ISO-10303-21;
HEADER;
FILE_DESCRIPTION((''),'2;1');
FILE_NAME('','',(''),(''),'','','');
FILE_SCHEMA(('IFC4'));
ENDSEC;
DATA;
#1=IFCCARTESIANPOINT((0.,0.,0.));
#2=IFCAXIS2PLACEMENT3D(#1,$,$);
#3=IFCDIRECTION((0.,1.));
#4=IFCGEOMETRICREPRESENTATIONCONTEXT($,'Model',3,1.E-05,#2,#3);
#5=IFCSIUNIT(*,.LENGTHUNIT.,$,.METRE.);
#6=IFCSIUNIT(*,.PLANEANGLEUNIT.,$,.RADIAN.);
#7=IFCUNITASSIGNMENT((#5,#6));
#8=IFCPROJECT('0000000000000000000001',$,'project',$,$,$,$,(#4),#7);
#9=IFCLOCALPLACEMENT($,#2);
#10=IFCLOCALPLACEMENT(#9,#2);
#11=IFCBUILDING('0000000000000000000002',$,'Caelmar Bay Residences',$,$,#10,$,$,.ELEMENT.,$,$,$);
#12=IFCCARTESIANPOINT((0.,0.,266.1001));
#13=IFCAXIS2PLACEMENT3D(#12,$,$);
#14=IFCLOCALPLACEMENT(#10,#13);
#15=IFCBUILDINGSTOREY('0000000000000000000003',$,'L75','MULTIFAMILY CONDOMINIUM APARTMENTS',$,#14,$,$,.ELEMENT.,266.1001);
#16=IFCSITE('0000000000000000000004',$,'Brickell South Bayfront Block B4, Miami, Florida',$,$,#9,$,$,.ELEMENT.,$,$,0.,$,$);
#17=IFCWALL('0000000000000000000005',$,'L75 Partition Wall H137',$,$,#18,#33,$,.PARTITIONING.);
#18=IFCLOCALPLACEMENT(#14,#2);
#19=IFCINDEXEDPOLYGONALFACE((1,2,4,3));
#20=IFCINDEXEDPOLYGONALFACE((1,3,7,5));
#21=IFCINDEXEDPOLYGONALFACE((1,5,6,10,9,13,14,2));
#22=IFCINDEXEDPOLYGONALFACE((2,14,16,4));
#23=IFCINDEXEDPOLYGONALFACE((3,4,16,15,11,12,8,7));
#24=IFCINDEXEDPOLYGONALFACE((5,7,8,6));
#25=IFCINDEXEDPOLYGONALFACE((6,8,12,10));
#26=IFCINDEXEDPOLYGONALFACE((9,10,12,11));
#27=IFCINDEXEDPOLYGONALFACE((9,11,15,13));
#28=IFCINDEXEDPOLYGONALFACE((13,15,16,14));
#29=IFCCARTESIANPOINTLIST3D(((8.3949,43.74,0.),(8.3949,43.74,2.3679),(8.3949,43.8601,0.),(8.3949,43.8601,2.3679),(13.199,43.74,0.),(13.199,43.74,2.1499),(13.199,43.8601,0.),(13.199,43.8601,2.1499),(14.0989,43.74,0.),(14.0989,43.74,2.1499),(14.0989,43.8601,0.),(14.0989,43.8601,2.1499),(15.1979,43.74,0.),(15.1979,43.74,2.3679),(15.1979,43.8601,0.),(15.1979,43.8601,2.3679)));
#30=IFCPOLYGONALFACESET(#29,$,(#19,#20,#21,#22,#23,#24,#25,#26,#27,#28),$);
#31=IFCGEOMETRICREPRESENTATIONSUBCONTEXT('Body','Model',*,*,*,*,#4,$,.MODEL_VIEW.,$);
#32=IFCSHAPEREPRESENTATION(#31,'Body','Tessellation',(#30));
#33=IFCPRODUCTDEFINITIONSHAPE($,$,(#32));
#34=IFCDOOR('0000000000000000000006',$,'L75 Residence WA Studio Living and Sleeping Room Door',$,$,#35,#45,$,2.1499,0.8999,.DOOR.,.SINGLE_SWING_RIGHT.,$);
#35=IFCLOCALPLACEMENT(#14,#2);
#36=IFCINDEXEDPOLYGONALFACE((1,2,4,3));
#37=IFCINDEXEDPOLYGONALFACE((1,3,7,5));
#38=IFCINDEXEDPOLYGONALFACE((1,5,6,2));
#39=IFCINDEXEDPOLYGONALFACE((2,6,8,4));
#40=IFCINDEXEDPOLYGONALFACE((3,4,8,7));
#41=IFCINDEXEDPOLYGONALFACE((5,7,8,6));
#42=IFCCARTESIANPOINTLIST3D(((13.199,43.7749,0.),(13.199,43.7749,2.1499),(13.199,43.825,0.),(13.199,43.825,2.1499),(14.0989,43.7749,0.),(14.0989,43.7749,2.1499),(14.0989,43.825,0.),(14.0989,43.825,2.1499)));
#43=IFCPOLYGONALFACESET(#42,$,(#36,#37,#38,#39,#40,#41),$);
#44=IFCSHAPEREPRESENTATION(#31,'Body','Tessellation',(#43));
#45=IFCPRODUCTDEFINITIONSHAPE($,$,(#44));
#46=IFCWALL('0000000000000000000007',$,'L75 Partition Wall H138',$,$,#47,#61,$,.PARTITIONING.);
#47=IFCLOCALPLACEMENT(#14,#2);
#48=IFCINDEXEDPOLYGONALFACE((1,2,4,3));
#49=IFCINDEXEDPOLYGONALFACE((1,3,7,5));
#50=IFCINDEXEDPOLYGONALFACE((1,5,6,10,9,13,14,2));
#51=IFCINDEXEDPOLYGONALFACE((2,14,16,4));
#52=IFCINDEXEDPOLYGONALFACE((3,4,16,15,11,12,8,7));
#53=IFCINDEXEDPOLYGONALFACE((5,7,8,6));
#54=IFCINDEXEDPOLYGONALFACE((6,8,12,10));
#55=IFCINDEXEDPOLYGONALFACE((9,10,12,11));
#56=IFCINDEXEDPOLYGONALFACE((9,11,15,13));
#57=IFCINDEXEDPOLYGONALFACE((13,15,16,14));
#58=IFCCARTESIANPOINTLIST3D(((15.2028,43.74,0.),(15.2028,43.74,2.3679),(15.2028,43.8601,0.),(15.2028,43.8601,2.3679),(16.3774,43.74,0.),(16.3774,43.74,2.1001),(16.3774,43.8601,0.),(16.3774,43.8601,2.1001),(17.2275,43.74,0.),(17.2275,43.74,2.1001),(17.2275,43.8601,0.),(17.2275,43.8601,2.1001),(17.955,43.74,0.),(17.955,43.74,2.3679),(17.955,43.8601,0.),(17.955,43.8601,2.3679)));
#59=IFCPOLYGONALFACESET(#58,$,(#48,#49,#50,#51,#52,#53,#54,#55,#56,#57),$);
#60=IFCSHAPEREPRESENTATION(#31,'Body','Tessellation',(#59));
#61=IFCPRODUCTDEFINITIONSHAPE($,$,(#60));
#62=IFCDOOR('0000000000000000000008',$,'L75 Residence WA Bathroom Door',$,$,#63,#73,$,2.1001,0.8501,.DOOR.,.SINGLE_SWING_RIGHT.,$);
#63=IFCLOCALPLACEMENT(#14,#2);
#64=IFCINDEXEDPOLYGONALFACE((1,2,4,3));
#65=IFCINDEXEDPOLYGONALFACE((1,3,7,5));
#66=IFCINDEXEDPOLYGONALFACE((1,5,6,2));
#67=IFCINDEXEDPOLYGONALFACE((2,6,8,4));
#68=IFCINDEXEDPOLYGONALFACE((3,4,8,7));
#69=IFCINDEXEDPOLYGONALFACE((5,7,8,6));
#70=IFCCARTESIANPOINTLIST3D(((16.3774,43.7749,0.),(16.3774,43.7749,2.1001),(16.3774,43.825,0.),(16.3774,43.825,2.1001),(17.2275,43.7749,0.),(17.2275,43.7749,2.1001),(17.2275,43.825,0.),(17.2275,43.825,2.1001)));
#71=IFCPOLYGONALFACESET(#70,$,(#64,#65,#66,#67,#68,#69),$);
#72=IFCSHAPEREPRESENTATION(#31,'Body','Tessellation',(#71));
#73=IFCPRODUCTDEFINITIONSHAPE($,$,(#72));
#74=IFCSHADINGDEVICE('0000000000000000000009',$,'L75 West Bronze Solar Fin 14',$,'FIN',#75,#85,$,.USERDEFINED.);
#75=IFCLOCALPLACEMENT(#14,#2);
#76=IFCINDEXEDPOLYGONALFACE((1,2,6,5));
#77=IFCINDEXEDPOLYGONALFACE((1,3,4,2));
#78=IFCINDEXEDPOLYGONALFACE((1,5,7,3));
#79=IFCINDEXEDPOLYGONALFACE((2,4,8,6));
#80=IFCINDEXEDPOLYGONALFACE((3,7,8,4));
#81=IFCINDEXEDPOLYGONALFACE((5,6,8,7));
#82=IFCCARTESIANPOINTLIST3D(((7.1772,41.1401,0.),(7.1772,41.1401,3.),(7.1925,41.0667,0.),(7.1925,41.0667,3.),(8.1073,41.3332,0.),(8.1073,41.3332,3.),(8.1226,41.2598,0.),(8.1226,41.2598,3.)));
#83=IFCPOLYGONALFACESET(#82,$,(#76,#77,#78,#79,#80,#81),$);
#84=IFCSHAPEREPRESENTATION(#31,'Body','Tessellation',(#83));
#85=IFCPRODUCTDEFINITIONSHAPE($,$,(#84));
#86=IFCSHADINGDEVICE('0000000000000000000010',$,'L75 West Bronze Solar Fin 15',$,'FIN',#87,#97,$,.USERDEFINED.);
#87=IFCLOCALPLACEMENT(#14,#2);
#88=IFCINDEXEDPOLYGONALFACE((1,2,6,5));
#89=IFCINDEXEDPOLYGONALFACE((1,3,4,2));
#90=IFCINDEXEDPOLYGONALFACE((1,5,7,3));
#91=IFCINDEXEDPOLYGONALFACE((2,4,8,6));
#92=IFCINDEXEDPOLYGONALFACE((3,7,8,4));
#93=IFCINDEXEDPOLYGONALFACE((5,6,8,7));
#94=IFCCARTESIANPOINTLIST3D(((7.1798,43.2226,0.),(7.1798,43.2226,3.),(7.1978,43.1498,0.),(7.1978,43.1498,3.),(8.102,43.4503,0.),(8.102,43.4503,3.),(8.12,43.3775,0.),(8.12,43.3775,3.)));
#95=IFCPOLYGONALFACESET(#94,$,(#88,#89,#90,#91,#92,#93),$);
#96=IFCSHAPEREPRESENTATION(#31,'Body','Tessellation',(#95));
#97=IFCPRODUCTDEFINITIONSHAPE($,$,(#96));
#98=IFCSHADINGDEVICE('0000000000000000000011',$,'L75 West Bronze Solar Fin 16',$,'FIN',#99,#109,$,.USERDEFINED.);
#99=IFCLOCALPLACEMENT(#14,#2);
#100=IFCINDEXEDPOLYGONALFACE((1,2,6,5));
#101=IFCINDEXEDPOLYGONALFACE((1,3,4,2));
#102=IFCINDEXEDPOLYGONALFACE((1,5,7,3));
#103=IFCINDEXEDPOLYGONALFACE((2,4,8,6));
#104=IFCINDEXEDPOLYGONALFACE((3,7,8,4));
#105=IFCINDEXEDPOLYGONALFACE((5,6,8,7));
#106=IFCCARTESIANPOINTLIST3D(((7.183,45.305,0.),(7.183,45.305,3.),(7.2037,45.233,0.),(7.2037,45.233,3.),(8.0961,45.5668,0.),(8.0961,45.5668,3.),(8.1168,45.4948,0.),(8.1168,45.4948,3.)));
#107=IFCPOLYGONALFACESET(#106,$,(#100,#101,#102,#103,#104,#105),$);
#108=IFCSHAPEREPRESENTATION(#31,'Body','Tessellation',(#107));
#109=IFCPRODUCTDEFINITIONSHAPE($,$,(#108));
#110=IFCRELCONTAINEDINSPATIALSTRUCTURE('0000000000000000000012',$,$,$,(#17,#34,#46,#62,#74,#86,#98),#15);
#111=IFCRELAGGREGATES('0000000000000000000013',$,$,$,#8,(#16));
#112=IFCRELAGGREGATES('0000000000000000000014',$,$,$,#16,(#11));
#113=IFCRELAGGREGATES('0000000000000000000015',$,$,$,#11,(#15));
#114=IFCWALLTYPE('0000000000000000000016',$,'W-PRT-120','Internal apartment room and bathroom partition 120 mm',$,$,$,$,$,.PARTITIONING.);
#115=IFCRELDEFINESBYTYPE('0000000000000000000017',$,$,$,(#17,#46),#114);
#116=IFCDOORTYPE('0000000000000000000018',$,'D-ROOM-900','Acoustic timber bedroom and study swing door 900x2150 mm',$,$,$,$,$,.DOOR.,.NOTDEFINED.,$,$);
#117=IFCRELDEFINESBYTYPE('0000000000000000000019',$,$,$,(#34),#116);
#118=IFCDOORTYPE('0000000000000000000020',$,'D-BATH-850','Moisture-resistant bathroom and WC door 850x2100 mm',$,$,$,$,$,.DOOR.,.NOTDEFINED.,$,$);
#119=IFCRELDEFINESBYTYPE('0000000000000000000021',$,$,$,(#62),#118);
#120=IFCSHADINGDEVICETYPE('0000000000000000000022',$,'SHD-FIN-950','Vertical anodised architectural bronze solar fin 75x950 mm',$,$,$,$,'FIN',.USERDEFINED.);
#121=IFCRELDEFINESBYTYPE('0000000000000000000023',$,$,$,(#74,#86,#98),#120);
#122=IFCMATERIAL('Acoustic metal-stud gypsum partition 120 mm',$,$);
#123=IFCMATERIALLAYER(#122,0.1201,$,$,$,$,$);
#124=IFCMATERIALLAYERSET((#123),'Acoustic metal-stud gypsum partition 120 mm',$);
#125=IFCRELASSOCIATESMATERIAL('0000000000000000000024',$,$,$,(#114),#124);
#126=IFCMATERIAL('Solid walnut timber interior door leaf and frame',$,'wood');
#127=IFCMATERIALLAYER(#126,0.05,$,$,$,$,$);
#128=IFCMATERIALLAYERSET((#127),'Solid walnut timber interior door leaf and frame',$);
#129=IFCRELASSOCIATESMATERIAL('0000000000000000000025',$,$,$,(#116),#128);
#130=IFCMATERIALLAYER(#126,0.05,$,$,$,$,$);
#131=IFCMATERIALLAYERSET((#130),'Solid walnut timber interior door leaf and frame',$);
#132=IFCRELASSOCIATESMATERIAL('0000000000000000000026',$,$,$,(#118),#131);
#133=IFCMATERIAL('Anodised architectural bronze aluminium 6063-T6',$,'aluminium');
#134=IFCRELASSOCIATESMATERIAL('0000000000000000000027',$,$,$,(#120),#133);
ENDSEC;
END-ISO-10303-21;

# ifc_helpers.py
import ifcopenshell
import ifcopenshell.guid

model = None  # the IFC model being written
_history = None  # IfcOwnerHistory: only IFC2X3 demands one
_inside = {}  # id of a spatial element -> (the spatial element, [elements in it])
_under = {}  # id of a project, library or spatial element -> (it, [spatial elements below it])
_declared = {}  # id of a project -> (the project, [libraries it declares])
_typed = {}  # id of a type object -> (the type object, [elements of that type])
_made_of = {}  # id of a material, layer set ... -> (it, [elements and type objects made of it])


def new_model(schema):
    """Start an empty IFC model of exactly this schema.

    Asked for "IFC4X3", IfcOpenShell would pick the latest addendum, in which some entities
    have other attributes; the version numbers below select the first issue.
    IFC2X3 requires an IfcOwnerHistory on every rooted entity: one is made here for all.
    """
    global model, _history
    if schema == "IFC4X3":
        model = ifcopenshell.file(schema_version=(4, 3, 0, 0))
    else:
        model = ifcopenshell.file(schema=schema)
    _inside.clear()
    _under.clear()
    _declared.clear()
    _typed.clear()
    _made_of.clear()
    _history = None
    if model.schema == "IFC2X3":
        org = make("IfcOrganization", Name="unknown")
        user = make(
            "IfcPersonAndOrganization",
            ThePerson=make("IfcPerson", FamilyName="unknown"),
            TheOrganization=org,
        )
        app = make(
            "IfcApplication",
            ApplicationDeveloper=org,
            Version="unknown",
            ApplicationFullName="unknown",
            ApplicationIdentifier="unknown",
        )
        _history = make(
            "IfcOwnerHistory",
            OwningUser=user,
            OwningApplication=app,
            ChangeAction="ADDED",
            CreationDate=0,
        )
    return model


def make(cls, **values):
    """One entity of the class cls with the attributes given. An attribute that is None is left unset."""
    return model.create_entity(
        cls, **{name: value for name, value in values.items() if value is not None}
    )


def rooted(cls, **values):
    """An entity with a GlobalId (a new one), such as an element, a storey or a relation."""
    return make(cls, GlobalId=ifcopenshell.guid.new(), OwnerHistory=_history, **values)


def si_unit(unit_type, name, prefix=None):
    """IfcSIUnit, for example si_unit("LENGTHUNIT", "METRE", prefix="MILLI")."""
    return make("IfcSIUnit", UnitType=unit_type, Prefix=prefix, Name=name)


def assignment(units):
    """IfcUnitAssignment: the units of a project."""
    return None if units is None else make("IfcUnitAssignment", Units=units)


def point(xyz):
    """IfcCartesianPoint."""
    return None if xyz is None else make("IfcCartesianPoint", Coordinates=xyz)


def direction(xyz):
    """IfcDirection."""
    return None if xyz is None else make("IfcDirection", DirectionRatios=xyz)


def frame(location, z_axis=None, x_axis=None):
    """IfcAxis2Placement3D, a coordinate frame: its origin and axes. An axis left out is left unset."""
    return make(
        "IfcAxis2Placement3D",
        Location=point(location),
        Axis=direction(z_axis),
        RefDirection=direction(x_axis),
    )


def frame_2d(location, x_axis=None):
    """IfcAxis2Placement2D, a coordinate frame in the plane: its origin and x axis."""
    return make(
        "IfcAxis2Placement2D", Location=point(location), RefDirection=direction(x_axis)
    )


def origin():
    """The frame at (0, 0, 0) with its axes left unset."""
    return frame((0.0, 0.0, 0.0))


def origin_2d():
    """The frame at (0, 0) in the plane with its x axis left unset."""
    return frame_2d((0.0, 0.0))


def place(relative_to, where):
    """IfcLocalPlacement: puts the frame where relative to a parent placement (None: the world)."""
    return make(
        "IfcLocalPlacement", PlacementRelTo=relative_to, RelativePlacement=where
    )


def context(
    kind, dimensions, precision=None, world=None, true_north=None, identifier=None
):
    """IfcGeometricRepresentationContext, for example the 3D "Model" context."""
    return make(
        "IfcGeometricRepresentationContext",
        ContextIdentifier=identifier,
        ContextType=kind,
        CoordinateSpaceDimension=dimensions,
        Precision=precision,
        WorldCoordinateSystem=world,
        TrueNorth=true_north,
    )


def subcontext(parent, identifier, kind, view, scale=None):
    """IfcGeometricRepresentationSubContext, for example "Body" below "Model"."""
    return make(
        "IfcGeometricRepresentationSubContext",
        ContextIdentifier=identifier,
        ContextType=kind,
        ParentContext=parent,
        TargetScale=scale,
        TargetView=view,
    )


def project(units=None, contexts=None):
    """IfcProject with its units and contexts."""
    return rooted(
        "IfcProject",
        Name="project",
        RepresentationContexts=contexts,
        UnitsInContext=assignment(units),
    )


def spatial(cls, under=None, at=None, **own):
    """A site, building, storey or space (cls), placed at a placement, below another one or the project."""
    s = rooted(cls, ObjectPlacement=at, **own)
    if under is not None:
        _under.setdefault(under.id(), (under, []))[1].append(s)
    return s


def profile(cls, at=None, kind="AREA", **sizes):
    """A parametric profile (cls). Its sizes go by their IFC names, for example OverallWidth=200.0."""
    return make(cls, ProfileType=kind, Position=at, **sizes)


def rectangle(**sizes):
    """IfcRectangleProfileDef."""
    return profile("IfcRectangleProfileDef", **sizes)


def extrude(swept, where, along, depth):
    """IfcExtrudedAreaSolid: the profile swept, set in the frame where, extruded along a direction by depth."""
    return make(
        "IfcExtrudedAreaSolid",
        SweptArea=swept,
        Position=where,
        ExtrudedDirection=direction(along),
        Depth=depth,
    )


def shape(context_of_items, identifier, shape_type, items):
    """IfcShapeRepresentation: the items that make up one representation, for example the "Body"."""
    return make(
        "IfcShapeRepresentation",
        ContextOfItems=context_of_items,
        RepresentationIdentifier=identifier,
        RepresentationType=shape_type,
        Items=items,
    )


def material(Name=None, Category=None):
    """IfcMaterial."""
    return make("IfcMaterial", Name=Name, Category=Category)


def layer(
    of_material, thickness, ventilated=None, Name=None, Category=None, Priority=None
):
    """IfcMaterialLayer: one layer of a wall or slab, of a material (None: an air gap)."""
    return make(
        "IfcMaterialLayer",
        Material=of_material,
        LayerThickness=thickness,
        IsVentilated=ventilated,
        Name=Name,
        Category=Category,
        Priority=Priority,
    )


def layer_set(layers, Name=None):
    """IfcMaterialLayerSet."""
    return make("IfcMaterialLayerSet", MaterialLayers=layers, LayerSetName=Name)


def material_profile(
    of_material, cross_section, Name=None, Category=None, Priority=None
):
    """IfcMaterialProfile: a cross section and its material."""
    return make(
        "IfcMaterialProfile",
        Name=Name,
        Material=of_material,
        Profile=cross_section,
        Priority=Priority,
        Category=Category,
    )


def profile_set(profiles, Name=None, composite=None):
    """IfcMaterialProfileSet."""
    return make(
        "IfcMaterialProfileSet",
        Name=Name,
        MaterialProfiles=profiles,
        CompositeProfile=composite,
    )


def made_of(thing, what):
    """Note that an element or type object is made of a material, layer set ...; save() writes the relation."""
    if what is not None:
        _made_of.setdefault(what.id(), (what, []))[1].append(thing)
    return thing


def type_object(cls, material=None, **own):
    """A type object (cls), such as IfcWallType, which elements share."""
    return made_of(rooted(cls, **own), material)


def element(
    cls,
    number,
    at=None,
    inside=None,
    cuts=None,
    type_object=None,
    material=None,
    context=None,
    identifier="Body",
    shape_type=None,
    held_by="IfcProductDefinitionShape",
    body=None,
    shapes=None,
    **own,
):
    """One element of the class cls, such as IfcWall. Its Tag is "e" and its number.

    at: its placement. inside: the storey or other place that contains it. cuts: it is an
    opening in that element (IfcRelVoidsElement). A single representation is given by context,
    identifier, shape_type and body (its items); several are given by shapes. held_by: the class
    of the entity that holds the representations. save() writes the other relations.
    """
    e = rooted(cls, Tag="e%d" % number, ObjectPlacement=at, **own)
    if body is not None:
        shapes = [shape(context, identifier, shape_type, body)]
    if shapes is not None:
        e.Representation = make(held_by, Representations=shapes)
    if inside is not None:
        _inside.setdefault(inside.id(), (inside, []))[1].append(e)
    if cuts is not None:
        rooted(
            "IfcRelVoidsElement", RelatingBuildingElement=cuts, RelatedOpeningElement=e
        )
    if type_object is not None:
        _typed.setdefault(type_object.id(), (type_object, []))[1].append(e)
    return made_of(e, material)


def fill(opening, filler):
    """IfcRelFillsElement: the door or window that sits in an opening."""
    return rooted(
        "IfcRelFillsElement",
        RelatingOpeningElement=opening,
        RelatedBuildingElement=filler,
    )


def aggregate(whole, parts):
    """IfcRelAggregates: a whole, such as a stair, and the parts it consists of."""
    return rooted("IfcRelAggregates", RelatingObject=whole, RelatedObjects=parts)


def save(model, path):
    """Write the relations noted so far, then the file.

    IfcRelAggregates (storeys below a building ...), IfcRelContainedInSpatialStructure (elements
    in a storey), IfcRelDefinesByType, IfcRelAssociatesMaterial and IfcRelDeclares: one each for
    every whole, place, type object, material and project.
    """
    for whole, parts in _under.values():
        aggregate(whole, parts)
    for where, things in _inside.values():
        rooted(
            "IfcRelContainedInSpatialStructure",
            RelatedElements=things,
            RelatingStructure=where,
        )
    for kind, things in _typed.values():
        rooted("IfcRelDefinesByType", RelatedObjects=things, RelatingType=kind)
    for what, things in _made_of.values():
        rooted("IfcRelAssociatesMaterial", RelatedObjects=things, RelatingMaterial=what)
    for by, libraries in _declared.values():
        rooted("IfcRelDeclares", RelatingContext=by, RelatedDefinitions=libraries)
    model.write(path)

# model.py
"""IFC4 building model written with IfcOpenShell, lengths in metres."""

from ifc_helpers import new_model, si_unit, direction, frame, frame_2d, origin, origin_2d, place, context, subcontext, project, spatial, rectangle, extrude, material, layer, layer_set, material_profile, profile_set, type_object, element, fill, save


model = new_model("IFC4")

# Units and contexts
model_context = context("Model", 3, precision=1e-05, world=origin(), true_north=direction((0.0, 1.0)))
body_context = subcontext(model_context, "Body", "Model", "MODEL_VIEW")
ifc_project = project(units=[si_unit("LENGTHUNIT", "METRE"), si_unit("PLANEANGLEUNIT", "RADIAN")], contexts=[model_context])

# Site, building, storey
site_placement = place(None, origin())
site = spatial("IfcSite", under=ifc_project, at=site_placement, Name="Brickell South Bayfront Block B4, Miami, Florida", CompositionType="ELEMENT", RefElevation=0.0)
building_placement = place(site_placement, origin())
building = spatial("IfcBuilding", under=site, at=building_placement, Name="Caelmar Bay Residences", CompositionType="ELEMENT")
storey_placement = place(building_placement, frame((0.0, 0.0, 266.1001)))
storey = spatial("IfcBuildingStorey", under=building, at=storey_placement, Name="L75", Description="MULTIFAMILY CONDOMINIUM APARTMENTS", CompositionType="ELEMENT", Elevation=266.1001)

# Shared definitions
ifc_material_1 = material(Name="Acoustic metal-stud gypsum partition 120 mm")
ifc_layer_1 = layer(ifc_material_1, 0.1201)
ifc_layer_set_1 = layer_set([ifc_layer_1], Name="Acoustic metal-stud gypsum partition 120 mm")
wall_type_1 = type_object("IfcWallType", Name="W-PRT-120", Description="Internal apartment room and bathroom partition 120 mm", PredefinedType="PARTITIONING", material=ifc_layer_set_1)

# Walls, openings, doors
wall_1_placement = place(storey_placement, frame((8.395, 43.8, 0.0), z_axis=(0.0, 0.0, 1.0), x_axis=(1.0, 0.0, 0.0)))
wall_1 = element("IfcWall", 1, at=wall_1_placement, inside=storey, type_object=wall_type_1, Name="L75 Partition Wall H137", PredefinedType="PARTITIONING", context=body_context, shape_type="SweptSolid", body=[
    extrude(rectangle(XDim=6.803, YDim=0.1201, at=frame_2d((3.4014, 0.0))), origin(), (0.0, 0.0, 1.0), 2.3679),
])
opening_1_placement = place(wall_1_placement, frame((4.804, 0.0, 0.0)))
opening_1 = element("IfcOpeningElement", 2, at=opening_1_placement, cuts=wall_1, PredefinedType="OPENING", context=body_context, shape_type="SweptSolid", body=[
    extrude(rectangle(XDim=0.8999, YDim=2.1499, at=frame_2d((0.45, 1.075))), frame((0.0, 0.0701, 0.0), z_axis=(0.0, -1.0, 0.0), x_axis=(1.0, 0.0, 0.0)), (0.0, 0.0, 1.0), 0.1401),
])
ifc_material_2 = material(Name="Solid walnut timber interior door leaf and frame", Category="wood")
ifc_layer_2 = layer(ifc_material_2, 0.05)
ifc_layer_set_2 = layer_set([ifc_layer_2], Name="Solid walnut timber interior door leaf and frame")
door_type_1 = type_object("IfcDoorType", Name="D-ROOM-900", Description="Acoustic timber bedroom and study swing door 900x2150 mm", OperationType="NOTDEFINED", PredefinedType="DOOR", material=ifc_layer_set_2)
door_1_placement = place(opening_1_placement, origin())
door_1 = element("IfcDoor", 3, at=door_1_placement, inside=storey, type_object=door_type_1, Name="L75 Residence WA Studio Living and Sleeping Room Door", OperationType="SINGLE_SWING_RIGHT", OverallHeight=2.1499, OverallWidth=0.8999, PredefinedType="DOOR", context=body_context, shape_type="SweptSolid", body=[
    extrude(rectangle(XDim=0.8999, YDim=2.1499, at=frame_2d((0.45, 1.075))), frame((0.0, 0.0249, 0.0), z_axis=(0.0, -1.0, 0.0), x_axis=(1.0, 0.0, 0.0)), (0.0, 0.0, 1.0), 0.05),
])
fill(opening_1, door_1)
wall_2_placement = place(storey_placement, frame((15.2029, 43.8, 0.0), z_axis=(0.0, 0.0, 1.0), x_axis=(1.0, 0.0, 0.0)))
wall_2 = element("IfcWall", 4, at=wall_2_placement, inside=storey, type_object=wall_type_1, Name="L75 Partition Wall H138", PredefinedType="PARTITIONING", context=body_context, shape_type="SweptSolid", body=[
    extrude(rectangle(XDim=2.7522, YDim=0.1201, at=frame_2d((1.376, 0.0))), origin(), (0.0, 0.0, 1.0), 2.3679),
])
opening_2_placement = place(wall_2_placement, frame((1.1746, 0.0, 0.0)))
opening_2 = element("IfcOpeningElement", 5, at=opening_2_placement, cuts=wall_2, PredefinedType="OPENING", context=body_context, shape_type="SweptSolid", body=[
    extrude(rectangle(XDim=0.8501, YDim=2.1001, at=frame_2d((0.425, 1.05))), frame((0.0, 0.0701, 0.0), z_axis=(0.0, -1.0, 0.0), x_axis=(1.0, 0.0, 0.0)), (0.0, 0.0, 1.0), 0.1401),
])
ifc_layer_3 = layer(ifc_material_2, 0.05)
ifc_layer_set_3 = layer_set([ifc_layer_3], Name="Solid walnut timber interior door leaf and frame")
door_type_2 = type_object("IfcDoorType", Name="D-BATH-850", Description="Moisture-resistant bathroom and WC door 850x2100 mm", OperationType="NOTDEFINED", PredefinedType="DOOR", material=ifc_layer_set_3)
door_2_placement = place(opening_2_placement, origin())
door_2 = element("IfcDoor", 6, at=door_2_placement, inside=storey, type_object=door_type_2, Name="L75 Residence WA Bathroom Door", OperationType="SINGLE_SWING_RIGHT", OverallHeight=2.1001, OverallWidth=0.8501, PredefinedType="DOOR", context=body_context, shape_type="SweptSolid", body=[
    extrude(rectangle(XDim=0.8501, YDim=2.1001, at=frame_2d((0.425, 1.05))), frame((0.0, 0.0249, 0.0), z_axis=(0.0, -1.0, 0.0), x_axis=(1.0, 0.0, 0.0)), (0.0, 0.0, 1.0), 0.05),
])
fill(opening_2, door_2)

# Shading devices
ifc_material_3 = material(Name="Anodised architectural bronze aluminium 6063-T6", Category="aluminium")
ifc_material_profile_1 = material_profile(ifc_material_3, rectangle(XDim=0.075, YDim=0.95, at=origin_2d()), Name="BRONZE-FIN-75X950")
ifc_profile_set_1 = profile_set([ifc_material_profile_1], Name="Anodised architectural bronze aluminium 6063-T6")
shading_device_type = type_object("IfcShadingDeviceType", Name="SHD-FIN-950", Description="Vertical anodised architectural bronze solar fin 75x950 mm", ElementType="FIN", PredefinedType="USERDEFINED", material=ifc_profile_set_1)
for number, where, z_axis, x_axis, name in (
    (7, (7.6499, 41.2, 0.0), (0.0, 0.0, 1.0), (-0.2033, 0.979116, 0.0), "L75 West Bronze Solar Fin 14"),
    (8, (7.6499, 43.3, 0.0), (0.0, 0.0, 1.0), (-0.23972, 0.970842, 0.0), "L75 West Bronze Solar Fin 15"),
    (9, (7.6499, 45.3999, 0.0), (0.0, 0.0, 1.0), (-0.275637, 0.961262, 0.0), "L75 West Bronze Solar Fin 16"),
):
    element("IfcShadingDevice", number, at=place(storey_placement, frame(where, z_axis=z_axis, x_axis=x_axis)), inside=storey, type_object=shading_device_type, Name=name, ObjectType="FIN", PredefinedType="USERDEFINED", context=body_context, shape_type="SweptSolid", body=[
        extrude(rectangle(XDim=0.075, YDim=0.95, at=origin_2d()), origin(), (0.0, 0.0, 1.0), 3.0),
    ])

save(model, "model.ifc")
